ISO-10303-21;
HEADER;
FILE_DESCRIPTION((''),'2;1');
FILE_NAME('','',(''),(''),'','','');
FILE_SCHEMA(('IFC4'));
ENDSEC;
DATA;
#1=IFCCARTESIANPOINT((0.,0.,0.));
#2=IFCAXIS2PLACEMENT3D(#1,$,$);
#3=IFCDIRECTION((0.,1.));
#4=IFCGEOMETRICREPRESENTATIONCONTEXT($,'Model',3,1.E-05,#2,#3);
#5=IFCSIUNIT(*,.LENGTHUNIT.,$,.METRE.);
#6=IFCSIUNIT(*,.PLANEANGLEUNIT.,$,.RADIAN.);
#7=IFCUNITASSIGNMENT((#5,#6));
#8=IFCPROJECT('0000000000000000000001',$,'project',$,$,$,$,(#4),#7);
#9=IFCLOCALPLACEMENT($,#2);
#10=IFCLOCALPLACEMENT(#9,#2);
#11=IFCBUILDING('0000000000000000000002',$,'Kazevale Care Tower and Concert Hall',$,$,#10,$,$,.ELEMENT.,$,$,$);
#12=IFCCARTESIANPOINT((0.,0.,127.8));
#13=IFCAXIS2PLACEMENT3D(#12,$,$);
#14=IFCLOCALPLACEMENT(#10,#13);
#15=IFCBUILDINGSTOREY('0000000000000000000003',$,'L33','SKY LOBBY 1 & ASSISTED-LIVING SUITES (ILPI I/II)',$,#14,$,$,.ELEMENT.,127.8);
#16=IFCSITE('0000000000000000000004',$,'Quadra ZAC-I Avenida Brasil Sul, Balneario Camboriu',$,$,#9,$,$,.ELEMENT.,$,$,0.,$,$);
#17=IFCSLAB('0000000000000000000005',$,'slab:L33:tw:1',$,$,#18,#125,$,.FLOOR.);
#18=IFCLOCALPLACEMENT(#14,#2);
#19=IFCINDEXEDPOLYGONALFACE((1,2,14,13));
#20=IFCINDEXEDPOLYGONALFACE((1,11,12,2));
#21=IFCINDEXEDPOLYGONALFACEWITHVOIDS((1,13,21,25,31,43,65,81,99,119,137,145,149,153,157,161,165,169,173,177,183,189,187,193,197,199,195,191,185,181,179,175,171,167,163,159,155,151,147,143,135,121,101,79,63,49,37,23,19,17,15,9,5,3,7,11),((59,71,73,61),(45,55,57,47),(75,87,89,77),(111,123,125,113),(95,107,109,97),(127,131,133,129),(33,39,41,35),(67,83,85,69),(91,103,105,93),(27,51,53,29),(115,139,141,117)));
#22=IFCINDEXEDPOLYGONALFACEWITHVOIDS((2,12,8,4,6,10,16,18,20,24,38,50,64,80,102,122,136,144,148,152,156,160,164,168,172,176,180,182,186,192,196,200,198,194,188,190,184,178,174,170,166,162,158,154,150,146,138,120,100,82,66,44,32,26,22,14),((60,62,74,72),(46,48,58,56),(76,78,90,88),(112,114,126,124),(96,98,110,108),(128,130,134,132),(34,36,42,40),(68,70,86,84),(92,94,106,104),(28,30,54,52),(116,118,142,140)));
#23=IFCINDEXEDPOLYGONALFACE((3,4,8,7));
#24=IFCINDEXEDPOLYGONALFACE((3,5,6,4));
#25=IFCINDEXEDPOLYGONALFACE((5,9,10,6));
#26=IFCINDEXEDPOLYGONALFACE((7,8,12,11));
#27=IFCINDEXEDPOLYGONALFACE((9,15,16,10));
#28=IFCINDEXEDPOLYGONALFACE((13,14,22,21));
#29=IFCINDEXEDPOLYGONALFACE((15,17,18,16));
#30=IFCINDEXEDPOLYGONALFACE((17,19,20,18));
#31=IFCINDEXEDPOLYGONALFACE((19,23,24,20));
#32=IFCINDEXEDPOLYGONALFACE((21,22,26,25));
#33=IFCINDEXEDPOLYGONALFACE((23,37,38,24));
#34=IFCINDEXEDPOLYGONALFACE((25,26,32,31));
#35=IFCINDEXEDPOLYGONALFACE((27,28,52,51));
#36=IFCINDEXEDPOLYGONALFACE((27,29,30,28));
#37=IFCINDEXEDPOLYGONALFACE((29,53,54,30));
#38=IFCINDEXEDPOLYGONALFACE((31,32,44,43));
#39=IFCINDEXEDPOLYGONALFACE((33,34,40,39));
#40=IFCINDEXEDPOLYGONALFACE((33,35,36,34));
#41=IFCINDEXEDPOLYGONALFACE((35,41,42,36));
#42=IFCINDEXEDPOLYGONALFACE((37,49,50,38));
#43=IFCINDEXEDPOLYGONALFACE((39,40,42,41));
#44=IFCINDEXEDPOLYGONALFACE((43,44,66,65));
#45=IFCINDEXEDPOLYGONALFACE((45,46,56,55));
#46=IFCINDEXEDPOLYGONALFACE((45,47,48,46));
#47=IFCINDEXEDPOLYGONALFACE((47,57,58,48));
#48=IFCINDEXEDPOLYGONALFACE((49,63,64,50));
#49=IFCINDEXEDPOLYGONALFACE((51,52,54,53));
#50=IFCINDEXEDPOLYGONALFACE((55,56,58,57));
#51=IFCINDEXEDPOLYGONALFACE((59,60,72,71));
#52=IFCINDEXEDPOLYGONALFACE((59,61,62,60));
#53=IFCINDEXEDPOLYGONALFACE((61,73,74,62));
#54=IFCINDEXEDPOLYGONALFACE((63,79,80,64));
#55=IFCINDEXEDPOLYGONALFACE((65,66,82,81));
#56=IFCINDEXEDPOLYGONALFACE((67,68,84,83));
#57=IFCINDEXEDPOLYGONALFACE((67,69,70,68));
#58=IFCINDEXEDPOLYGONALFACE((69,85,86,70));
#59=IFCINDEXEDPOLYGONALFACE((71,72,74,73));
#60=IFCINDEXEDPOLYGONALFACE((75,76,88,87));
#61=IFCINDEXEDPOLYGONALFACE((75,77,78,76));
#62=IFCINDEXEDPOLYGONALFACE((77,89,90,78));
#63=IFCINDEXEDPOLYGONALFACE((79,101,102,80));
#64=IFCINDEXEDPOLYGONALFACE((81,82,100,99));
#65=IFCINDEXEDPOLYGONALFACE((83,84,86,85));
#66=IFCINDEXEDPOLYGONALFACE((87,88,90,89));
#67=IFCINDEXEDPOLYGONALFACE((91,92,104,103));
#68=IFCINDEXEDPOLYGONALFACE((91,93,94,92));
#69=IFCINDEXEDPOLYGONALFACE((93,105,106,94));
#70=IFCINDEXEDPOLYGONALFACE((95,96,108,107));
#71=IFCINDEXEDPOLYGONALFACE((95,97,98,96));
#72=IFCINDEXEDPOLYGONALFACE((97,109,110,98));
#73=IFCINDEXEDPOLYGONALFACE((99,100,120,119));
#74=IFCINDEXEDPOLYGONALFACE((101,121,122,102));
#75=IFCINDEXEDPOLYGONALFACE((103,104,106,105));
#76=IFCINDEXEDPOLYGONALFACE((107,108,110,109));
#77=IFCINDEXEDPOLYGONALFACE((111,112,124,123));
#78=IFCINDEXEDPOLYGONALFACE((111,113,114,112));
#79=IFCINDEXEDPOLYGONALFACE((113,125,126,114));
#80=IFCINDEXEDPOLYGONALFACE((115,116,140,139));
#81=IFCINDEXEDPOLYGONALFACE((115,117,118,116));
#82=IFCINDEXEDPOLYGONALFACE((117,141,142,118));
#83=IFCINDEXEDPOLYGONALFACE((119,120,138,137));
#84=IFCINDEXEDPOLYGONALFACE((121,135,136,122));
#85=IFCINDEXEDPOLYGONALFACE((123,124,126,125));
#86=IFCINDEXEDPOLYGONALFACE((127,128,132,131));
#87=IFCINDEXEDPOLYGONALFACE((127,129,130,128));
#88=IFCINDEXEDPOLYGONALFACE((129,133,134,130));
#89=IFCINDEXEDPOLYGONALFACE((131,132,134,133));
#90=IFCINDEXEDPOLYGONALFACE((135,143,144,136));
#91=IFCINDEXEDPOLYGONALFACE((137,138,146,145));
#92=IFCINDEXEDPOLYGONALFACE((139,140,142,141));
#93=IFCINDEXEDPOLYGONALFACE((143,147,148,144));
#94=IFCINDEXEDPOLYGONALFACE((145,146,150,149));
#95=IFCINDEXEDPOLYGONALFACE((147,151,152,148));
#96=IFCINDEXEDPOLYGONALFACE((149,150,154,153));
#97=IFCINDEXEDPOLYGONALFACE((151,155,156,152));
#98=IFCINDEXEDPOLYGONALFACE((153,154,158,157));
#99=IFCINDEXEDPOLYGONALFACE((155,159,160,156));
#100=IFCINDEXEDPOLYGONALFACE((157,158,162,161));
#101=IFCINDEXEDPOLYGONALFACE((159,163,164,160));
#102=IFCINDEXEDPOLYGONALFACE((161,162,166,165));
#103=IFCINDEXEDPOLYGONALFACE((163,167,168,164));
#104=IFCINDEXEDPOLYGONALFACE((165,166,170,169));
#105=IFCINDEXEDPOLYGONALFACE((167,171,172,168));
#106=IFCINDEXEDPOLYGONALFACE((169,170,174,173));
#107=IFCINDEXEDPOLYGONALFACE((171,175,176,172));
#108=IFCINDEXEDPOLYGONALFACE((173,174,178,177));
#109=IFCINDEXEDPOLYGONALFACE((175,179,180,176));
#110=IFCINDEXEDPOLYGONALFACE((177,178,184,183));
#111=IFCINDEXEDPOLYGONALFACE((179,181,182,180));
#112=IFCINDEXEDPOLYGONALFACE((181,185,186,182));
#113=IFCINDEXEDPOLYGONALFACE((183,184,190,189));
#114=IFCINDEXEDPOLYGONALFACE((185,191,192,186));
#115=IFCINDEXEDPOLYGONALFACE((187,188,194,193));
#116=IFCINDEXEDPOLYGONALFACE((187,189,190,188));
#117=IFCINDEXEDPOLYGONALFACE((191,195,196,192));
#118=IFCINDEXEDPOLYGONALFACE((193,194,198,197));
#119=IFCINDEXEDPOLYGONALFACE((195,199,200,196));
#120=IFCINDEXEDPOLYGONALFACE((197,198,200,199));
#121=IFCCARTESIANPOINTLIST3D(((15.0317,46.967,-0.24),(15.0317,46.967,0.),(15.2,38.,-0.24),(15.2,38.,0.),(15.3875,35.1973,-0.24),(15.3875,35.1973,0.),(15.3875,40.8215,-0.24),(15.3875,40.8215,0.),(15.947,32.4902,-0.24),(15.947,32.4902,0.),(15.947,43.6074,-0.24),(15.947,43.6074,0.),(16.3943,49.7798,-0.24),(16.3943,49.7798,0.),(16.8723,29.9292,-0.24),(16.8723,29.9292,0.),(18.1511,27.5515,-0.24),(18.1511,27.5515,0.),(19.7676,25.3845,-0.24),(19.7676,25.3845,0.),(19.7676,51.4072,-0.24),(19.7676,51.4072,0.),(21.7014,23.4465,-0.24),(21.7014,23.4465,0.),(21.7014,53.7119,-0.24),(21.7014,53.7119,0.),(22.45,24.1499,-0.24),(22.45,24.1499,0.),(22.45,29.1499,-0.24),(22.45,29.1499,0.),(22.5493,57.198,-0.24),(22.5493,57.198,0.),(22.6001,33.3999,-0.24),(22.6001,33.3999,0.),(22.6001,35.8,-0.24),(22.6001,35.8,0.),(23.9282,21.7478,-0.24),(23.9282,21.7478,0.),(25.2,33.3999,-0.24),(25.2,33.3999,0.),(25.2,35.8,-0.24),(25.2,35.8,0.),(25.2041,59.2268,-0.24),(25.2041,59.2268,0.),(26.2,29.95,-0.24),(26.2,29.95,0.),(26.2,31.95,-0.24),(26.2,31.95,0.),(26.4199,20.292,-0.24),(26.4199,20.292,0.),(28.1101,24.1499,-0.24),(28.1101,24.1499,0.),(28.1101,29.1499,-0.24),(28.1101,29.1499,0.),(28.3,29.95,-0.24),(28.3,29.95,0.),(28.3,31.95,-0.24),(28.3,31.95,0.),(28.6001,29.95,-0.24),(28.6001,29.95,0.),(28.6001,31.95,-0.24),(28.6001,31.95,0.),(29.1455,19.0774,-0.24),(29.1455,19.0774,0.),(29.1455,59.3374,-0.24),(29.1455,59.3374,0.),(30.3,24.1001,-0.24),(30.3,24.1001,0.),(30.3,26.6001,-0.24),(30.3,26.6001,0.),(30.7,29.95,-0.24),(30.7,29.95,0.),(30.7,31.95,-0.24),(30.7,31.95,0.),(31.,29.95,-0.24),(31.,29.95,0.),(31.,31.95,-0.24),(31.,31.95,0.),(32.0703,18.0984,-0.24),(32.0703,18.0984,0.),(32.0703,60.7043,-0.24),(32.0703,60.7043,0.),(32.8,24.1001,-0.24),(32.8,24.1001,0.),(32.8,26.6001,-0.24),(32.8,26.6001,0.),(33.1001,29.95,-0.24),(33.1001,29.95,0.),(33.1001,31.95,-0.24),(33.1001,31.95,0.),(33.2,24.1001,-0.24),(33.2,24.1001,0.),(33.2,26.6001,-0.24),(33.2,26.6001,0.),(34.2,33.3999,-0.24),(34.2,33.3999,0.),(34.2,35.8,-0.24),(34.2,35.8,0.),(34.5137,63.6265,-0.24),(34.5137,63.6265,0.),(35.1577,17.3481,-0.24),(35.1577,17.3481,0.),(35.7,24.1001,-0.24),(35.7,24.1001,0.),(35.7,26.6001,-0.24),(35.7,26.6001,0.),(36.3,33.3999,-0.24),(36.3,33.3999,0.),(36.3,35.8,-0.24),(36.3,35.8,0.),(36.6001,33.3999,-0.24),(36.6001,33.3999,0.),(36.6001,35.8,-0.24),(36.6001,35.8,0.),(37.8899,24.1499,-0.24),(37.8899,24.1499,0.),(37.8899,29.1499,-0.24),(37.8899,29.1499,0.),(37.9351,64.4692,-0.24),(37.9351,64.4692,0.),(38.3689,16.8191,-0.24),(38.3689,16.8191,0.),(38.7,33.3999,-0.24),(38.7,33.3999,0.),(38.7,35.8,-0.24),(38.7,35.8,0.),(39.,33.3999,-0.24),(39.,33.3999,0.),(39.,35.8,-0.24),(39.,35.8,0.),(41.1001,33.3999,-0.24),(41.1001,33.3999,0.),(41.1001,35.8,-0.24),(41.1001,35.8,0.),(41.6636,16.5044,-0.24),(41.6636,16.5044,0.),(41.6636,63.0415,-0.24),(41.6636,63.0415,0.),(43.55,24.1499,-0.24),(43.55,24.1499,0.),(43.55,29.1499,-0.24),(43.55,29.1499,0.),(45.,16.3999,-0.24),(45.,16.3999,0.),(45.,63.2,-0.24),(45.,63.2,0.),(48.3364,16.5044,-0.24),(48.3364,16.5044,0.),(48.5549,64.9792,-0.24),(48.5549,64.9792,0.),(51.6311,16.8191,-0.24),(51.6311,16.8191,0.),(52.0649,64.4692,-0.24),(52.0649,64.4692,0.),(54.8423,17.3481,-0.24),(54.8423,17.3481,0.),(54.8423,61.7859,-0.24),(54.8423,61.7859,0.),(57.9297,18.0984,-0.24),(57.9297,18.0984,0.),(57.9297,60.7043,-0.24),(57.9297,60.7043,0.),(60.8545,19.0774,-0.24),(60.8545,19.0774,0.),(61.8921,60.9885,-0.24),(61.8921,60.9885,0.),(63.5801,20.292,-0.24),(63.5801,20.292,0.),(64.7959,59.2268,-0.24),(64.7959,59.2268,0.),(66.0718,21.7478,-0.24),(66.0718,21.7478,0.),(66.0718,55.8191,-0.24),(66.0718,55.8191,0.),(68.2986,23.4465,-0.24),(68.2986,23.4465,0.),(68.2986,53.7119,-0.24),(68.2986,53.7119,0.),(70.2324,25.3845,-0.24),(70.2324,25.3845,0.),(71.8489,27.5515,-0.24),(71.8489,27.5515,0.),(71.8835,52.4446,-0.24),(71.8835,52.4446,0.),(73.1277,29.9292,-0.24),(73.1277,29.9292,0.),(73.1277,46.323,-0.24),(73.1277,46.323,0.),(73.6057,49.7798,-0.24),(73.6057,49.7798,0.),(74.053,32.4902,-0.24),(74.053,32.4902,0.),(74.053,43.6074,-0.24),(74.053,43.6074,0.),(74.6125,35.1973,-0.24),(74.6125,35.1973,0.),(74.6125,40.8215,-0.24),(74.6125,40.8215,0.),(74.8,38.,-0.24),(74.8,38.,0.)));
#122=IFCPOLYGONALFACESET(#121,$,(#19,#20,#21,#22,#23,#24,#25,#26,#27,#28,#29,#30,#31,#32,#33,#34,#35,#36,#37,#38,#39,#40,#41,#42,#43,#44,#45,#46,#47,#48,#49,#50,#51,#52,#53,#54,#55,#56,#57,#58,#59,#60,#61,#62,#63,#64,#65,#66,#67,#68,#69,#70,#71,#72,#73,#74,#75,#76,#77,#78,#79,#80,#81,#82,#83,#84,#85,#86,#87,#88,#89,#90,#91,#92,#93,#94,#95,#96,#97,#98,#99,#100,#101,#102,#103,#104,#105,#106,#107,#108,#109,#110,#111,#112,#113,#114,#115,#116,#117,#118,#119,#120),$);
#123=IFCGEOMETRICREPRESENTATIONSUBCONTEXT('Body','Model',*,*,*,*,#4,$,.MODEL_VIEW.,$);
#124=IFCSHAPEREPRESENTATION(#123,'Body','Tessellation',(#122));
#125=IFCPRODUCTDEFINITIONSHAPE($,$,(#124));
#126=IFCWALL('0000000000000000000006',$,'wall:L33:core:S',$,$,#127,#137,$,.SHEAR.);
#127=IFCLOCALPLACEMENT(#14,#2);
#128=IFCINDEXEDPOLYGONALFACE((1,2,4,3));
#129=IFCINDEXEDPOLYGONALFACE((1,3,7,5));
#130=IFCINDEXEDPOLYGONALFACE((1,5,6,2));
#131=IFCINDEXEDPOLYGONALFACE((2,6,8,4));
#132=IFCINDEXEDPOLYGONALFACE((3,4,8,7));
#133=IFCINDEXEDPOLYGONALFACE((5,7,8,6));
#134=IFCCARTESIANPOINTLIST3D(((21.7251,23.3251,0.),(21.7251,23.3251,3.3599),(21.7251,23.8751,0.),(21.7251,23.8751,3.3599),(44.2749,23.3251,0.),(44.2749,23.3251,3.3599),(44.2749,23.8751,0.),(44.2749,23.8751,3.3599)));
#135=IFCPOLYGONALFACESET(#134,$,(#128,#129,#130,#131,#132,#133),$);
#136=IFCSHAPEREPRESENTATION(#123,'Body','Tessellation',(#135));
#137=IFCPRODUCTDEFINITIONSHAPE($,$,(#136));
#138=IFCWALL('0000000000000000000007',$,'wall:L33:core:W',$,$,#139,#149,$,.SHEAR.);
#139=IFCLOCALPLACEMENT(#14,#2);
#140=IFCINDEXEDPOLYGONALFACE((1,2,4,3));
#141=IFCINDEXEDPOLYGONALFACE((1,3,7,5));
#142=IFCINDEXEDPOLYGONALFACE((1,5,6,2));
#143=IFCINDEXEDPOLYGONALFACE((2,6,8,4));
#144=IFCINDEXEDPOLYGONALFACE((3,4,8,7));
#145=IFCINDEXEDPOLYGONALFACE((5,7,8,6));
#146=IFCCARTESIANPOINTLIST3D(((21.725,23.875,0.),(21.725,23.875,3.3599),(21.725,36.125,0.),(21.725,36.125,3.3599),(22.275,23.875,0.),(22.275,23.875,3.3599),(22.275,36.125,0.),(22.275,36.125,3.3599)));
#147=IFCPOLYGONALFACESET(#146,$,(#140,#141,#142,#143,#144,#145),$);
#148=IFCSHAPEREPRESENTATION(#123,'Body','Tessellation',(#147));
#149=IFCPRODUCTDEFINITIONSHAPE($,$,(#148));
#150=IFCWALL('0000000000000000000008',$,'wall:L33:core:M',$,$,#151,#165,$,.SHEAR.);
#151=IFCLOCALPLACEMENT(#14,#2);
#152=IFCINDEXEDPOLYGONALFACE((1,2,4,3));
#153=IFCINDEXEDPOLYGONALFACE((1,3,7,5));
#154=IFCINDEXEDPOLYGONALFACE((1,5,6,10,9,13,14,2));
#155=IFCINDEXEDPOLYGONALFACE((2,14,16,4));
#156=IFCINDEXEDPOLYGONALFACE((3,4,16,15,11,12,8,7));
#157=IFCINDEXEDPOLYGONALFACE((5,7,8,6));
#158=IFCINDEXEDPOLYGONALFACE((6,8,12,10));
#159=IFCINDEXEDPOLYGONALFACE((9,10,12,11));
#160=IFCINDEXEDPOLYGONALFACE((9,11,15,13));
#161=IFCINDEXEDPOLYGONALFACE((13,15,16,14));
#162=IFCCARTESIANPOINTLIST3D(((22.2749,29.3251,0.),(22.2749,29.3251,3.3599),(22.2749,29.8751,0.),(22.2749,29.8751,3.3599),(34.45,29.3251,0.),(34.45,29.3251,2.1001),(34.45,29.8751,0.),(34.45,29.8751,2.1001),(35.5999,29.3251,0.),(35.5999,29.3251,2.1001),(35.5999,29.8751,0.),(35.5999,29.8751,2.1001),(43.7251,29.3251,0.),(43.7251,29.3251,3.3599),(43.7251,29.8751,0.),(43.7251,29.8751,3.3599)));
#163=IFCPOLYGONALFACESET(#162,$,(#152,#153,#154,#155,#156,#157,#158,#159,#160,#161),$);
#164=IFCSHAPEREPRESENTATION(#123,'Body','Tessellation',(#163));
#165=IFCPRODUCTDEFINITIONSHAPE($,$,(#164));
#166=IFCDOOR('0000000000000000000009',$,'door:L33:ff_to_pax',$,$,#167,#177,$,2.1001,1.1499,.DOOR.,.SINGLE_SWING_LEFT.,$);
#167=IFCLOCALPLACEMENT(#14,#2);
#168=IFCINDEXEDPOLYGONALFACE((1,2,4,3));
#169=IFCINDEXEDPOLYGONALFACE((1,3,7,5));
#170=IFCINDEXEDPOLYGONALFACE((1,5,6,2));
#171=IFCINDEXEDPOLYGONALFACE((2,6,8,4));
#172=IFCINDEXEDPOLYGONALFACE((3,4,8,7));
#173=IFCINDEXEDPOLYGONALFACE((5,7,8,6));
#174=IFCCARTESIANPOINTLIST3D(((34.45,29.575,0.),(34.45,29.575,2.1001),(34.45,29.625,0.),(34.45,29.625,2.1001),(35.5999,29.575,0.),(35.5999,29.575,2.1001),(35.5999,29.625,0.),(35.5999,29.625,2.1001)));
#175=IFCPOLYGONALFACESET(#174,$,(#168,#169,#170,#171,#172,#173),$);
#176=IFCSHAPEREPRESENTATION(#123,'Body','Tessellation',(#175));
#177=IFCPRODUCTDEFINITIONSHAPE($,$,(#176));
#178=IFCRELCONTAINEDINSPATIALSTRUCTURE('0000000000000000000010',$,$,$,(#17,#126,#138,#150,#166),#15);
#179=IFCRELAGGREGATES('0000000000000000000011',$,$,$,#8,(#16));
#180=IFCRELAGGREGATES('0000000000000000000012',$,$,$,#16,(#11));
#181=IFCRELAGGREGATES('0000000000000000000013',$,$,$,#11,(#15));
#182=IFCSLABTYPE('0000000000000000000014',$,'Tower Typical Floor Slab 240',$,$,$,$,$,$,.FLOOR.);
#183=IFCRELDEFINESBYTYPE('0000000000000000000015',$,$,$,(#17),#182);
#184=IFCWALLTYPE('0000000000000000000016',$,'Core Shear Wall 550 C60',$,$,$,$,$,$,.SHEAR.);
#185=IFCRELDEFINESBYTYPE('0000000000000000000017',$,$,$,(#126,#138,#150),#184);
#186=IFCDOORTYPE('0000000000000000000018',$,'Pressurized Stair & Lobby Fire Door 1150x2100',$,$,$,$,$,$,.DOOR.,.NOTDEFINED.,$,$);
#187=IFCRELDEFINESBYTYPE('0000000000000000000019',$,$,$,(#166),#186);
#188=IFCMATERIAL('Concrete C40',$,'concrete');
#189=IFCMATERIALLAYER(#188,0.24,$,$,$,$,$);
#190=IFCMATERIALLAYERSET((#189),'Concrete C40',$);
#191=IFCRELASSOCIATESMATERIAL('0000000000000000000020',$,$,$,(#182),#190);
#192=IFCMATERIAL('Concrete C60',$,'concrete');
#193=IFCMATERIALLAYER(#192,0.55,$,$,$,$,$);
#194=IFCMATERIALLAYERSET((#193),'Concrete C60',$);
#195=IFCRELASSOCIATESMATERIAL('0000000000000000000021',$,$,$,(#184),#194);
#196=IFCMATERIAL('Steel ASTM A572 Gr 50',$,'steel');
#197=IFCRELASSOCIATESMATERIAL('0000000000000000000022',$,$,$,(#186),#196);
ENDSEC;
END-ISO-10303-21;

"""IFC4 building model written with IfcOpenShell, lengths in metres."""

from ifc_helpers import new_model, si_unit, direction, frame, frame_2d, origin, place, context, subcontext, project, spatial, polyline, rectangle, outline, extrude, material, layer, layer_set, type_object, element, fill, save


model = new_model("IFC4")

# Units and contexts
model_context = context("Model", 3, precision=1e-05, world=origin(), true_north=direction((0.0, 1.0)))
body_context = subcontext(model_context, "Body", "Model", "MODEL_VIEW")
ifc_project = project(units=[si_unit("LENGTHUNIT", "METRE"), si_unit("PLANEANGLEUNIT", "RADIAN")], contexts=[model_context])

# Site, building, storey
site_placement = place(None, origin())
site = spatial("IfcSite", under=ifc_project, at=site_placement, Name="Quadra ZAC-I Avenida Brasil Sul, Balneario Camboriu", CompositionType="ELEMENT", RefElevation=0.0)
building_placement = place(site_placement, origin())
building = spatial("IfcBuilding", under=site, at=building_placement, Name="Kazevale Care Tower and Concert Hall", CompositionType="ELEMENT")
storey_placement = place(building_placement, frame((0.0, 0.0, 127.8)))
storey = spatial("IfcBuildingStorey", under=building, at=storey_placement, Name="L33", Description="SKY LOBBY 1 & ASSISTED-LIVING SUITES (ILPI I/II)", CompositionType="ELEMENT", Elevation=127.8)

# Shared definitions
ifc_material_1 = material(Name="Concrete C60", Category="concrete")

# Shared definitions
ifc_material_2 = material(Name="Steel ASTM A572 Gr 50", Category="steel")

# Shared definitions
ifc_material_3 = material(Name="Concrete C40", Category="concrete")

# Slab
ifc_layer_1 = layer(ifc_material_3, 0.24)
ifc_layer_set_1 = layer_set([ifc_layer_1], Name="Concrete C40")
slab_type_1 = type_object("IfcSlabType", Name="Tower Typical Floor Slab 240", PredefinedType="FLOOR", material=ifc_layer_set_1)
slab_1_placement = place(storey_placement, frame((0.0, 0.0, -0.24)))
element("IfcSlab", 1, at=slab_1_placement, inside=storey, type_object=slab_type_1, Name="slab:L33:tw:1", PredefinedType="FLOOR", context=body_context, shape_type="SweptSolid", body=[
    extrude(outline(polyline([(74.8, 38.0), (74.6125, 40.8215), (74.053, 43.6074), (73.1277, 46.323), (73.6057, 49.7798), (71.8835, 52.4446), (68.2986, 53.7119), (66.0718, 55.8191), (64.7959, 59.2268), (61.8921, 60.9885), (57.9297, 60.7043), (54.8423, 61.7859), (52.0649, 64.4692), (48.5549, 64.9792), (45.0, 63.2), (41.6636, 63.0415), (37.9351, 64.4692), (34.5137, 63.6265), (32.0703, 60.7043), (29.1455, 59.3374), (25.2041, 59.2268), (22.5493, 57.198), (21.7014, 53.7119), (19.7676, 51.4072), (16.3943, 49.7798), (15.0317, 46.967), (15.947, 43.6074), (15.3875, 40.8215), (15.2, 38.0), (15.3875, 35.1973), (15.947, 32.4902), (16.8723, 29.9292), (18.1511, 27.5515), (19.7676, 25.3845), (21.7014, 23.4465), (23.9282, 21.7478), (26.4199, 20.292), (29.1455, 19.0774), (32.0703, 18.0984), (35.1577, 17.3481), (38.3689, 16.8191), (41.6636, 16.5044), (45.0, 16.3999), (48.3364, 16.5044), (51.6311, 16.8191), (54.8423, 17.3481), (57.9297, 18.0984), (60.8545, 19.0774), (63.5801, 20.292), (66.0718, 21.7478), (68.2986, 23.4465), (70.2324, 25.3845), (71.8489, 27.5515), (73.1277, 29.9292), (74.053, 32.4902), (74.6125, 35.1973), (74.8, 38.0)]), holes=[polyline([(22.45, 24.1499), (28.1101, 24.1499), (28.1101, 29.1499), (22.45, 29.1499), (22.45, 24.1499)]), polyline([(37.8899, 24.1499), (43.55, 24.1499), (43.55, 29.1499), (37.8899, 29.1499), (37.8899, 24.1499)]), polyline([(30.3, 24.1001), (32.8, 24.1001), (32.8, 26.6001), (30.3, 26.6001), (30.3, 24.1001)]), polyline([(33.2, 24.1001), (35.7, 24.1001), (35.7, 26.6001), (33.2, 26.6001), (33.2, 24.1001)]), polyline([(22.6001, 33.3999), (25.2, 33.3999), (25.2, 35.8), (22.6001, 35.8), (22.6001, 33.3999)]), polyline([(34.2, 33.3999), (36.3, 33.3999), (36.3, 35.8), (34.2, 35.8), (34.2, 33.3999)]), polyline([(36.6001, 33.3999), (38.7, 33.3999), (38.7, 35.8), (36.6001, 35.8), (36.6001, 33.3999)]), polyline([(39.0, 33.3999), (41.1001, 33.3999), (41.1001, 35.8), (39.0, 35.8), (39.0, 33.3999)]), polyline([(26.2, 29.95), (28.3, 29.95), (28.3, 31.95), (26.2, 31.95), (26.2, 29.95)]), polyline([(28.6001, 29.95), (30.7, 29.95), (30.7, 31.95), (28.6001, 31.95), (28.6001, 29.95)]), polyline([(31.0, 29.95), (33.1001, 29.95), (33.1001, 31.95), (31.0, 31.95), (31.0, 29.95)])]), origin(), (0.0, 0.0, 1.0), 0.24),
])

# Walls
ifc_layer_2 = layer(ifc_material_1, 0.55)
ifc_layer_set_2 = layer_set([ifc_layer_2], Name="Concrete C60")
wall_type_1 = type_object("IfcWallType", Name="Core Shear Wall 550 C60", PredefinedType="SHEAR", material=ifc_layer_set_2)
wall_1_placement = place(storey_placement, frame((21.7251, 23.6001, 0.0), z_axis=(0.0, 0.0, 1.0), x_axis=(1.0, 0.0, 0.0)))
element("IfcWall", 2, at=wall_1_placement, inside=storey, type_object=wall_type_1, Name="wall:L33:core:S", PredefinedType="SHEAR", context=body_context, shape_type="SweptSolid", body=[
    extrude(rectangle(XDim=22.5498, YDim=0.55, at=frame_2d((11.2749, 0.0))), origin(), (0.0, 0.0, 1.0), 3.3599),
])
wall_2_placement = place(storey_placement, frame((22.0, 23.875, 0.0), z_axis=(0.0, 0.0, 1.0), x_axis=(0.0, 1.0, 0.0)))
element("IfcWall", 3, at=wall_2_placement, inside=storey, type_object=wall_type_1, Name="wall:L33:core:W", PredefinedType="SHEAR", context=body_context, shape_type="SweptSolid", body=[
    extrude(rectangle(XDim=12.25, YDim=0.55, at=frame_2d((6.125, 0.0))), origin(), (0.0, 0.0, 1.0), 3.3599),
])

# Wall, opening, door
wall_3_placement = place(storey_placement, frame((22.2749, 29.6001, 0.0), z_axis=(0.0, 0.0, 1.0), x_axis=(1.0, 0.0, 0.0)))
wall_3 = element("IfcWall", 4, at=wall_3_placement, inside=storey, type_object=wall_type_1, Name="wall:L33:core:M", PredefinedType="SHEAR", context=body_context, shape_type="SweptSolid", body=[
    extrude(rectangle(XDim=21.4502, YDim=0.55, at=frame_2d((10.7251, 0.0))), origin(), (0.0, 0.0, 1.0), 3.3599),
])
opening_1_placement = place(wall_3_placement, frame((12.175, 0.0, 0.0)))
opening_1 = element("IfcOpeningElement", 5, at=opening_1_placement, cuts=wall_3, PredefinedType="OPENING", context=body_context, shape_type="SweptSolid", body=[
    extrude(rectangle(XDim=1.1499, YDim=2.1001, at=frame_2d((0.575, 1.05))), frame((0.0, 0.2849, 0.0), z_axis=(0.0, -1.0, 0.0), x_axis=(1.0, 0.0, 0.0)), (0.0, 0.0, 1.0), 0.5701),
])
door_type_1 = type_object("IfcDoorType", Name="Pressurized Stair & Lobby Fire Door 1150x2100", OperationType="NOTDEFINED", PredefinedType="DOOR", material=ifc_material_2)
door_1_placement = place(opening_1_placement, origin())
door_1 = element("IfcDoor", 6, at=door_1_placement, inside=storey, type_object=door_type_1, Name="door:L33:ff_to_pax", OperationType="SINGLE_SWING_LEFT", OverallHeight=2.1001, OverallWidth=1.1499, PredefinedType="DOOR", context=body_context, shape_type="SweptSolid", body=[
    extrude(rectangle(XDim=1.1499, YDim=2.1001, at=frame_2d((0.575, 1.05))), frame((0.0, 0.0249, 0.0), z_axis=(0.0, -1.0, 0.0), x_axis=(1.0, 0.0, 0.0)), (0.0, 0.0, 1.0), 0.05),
])
fill(opening_1, door_1)

save(model, "model.ifc")
